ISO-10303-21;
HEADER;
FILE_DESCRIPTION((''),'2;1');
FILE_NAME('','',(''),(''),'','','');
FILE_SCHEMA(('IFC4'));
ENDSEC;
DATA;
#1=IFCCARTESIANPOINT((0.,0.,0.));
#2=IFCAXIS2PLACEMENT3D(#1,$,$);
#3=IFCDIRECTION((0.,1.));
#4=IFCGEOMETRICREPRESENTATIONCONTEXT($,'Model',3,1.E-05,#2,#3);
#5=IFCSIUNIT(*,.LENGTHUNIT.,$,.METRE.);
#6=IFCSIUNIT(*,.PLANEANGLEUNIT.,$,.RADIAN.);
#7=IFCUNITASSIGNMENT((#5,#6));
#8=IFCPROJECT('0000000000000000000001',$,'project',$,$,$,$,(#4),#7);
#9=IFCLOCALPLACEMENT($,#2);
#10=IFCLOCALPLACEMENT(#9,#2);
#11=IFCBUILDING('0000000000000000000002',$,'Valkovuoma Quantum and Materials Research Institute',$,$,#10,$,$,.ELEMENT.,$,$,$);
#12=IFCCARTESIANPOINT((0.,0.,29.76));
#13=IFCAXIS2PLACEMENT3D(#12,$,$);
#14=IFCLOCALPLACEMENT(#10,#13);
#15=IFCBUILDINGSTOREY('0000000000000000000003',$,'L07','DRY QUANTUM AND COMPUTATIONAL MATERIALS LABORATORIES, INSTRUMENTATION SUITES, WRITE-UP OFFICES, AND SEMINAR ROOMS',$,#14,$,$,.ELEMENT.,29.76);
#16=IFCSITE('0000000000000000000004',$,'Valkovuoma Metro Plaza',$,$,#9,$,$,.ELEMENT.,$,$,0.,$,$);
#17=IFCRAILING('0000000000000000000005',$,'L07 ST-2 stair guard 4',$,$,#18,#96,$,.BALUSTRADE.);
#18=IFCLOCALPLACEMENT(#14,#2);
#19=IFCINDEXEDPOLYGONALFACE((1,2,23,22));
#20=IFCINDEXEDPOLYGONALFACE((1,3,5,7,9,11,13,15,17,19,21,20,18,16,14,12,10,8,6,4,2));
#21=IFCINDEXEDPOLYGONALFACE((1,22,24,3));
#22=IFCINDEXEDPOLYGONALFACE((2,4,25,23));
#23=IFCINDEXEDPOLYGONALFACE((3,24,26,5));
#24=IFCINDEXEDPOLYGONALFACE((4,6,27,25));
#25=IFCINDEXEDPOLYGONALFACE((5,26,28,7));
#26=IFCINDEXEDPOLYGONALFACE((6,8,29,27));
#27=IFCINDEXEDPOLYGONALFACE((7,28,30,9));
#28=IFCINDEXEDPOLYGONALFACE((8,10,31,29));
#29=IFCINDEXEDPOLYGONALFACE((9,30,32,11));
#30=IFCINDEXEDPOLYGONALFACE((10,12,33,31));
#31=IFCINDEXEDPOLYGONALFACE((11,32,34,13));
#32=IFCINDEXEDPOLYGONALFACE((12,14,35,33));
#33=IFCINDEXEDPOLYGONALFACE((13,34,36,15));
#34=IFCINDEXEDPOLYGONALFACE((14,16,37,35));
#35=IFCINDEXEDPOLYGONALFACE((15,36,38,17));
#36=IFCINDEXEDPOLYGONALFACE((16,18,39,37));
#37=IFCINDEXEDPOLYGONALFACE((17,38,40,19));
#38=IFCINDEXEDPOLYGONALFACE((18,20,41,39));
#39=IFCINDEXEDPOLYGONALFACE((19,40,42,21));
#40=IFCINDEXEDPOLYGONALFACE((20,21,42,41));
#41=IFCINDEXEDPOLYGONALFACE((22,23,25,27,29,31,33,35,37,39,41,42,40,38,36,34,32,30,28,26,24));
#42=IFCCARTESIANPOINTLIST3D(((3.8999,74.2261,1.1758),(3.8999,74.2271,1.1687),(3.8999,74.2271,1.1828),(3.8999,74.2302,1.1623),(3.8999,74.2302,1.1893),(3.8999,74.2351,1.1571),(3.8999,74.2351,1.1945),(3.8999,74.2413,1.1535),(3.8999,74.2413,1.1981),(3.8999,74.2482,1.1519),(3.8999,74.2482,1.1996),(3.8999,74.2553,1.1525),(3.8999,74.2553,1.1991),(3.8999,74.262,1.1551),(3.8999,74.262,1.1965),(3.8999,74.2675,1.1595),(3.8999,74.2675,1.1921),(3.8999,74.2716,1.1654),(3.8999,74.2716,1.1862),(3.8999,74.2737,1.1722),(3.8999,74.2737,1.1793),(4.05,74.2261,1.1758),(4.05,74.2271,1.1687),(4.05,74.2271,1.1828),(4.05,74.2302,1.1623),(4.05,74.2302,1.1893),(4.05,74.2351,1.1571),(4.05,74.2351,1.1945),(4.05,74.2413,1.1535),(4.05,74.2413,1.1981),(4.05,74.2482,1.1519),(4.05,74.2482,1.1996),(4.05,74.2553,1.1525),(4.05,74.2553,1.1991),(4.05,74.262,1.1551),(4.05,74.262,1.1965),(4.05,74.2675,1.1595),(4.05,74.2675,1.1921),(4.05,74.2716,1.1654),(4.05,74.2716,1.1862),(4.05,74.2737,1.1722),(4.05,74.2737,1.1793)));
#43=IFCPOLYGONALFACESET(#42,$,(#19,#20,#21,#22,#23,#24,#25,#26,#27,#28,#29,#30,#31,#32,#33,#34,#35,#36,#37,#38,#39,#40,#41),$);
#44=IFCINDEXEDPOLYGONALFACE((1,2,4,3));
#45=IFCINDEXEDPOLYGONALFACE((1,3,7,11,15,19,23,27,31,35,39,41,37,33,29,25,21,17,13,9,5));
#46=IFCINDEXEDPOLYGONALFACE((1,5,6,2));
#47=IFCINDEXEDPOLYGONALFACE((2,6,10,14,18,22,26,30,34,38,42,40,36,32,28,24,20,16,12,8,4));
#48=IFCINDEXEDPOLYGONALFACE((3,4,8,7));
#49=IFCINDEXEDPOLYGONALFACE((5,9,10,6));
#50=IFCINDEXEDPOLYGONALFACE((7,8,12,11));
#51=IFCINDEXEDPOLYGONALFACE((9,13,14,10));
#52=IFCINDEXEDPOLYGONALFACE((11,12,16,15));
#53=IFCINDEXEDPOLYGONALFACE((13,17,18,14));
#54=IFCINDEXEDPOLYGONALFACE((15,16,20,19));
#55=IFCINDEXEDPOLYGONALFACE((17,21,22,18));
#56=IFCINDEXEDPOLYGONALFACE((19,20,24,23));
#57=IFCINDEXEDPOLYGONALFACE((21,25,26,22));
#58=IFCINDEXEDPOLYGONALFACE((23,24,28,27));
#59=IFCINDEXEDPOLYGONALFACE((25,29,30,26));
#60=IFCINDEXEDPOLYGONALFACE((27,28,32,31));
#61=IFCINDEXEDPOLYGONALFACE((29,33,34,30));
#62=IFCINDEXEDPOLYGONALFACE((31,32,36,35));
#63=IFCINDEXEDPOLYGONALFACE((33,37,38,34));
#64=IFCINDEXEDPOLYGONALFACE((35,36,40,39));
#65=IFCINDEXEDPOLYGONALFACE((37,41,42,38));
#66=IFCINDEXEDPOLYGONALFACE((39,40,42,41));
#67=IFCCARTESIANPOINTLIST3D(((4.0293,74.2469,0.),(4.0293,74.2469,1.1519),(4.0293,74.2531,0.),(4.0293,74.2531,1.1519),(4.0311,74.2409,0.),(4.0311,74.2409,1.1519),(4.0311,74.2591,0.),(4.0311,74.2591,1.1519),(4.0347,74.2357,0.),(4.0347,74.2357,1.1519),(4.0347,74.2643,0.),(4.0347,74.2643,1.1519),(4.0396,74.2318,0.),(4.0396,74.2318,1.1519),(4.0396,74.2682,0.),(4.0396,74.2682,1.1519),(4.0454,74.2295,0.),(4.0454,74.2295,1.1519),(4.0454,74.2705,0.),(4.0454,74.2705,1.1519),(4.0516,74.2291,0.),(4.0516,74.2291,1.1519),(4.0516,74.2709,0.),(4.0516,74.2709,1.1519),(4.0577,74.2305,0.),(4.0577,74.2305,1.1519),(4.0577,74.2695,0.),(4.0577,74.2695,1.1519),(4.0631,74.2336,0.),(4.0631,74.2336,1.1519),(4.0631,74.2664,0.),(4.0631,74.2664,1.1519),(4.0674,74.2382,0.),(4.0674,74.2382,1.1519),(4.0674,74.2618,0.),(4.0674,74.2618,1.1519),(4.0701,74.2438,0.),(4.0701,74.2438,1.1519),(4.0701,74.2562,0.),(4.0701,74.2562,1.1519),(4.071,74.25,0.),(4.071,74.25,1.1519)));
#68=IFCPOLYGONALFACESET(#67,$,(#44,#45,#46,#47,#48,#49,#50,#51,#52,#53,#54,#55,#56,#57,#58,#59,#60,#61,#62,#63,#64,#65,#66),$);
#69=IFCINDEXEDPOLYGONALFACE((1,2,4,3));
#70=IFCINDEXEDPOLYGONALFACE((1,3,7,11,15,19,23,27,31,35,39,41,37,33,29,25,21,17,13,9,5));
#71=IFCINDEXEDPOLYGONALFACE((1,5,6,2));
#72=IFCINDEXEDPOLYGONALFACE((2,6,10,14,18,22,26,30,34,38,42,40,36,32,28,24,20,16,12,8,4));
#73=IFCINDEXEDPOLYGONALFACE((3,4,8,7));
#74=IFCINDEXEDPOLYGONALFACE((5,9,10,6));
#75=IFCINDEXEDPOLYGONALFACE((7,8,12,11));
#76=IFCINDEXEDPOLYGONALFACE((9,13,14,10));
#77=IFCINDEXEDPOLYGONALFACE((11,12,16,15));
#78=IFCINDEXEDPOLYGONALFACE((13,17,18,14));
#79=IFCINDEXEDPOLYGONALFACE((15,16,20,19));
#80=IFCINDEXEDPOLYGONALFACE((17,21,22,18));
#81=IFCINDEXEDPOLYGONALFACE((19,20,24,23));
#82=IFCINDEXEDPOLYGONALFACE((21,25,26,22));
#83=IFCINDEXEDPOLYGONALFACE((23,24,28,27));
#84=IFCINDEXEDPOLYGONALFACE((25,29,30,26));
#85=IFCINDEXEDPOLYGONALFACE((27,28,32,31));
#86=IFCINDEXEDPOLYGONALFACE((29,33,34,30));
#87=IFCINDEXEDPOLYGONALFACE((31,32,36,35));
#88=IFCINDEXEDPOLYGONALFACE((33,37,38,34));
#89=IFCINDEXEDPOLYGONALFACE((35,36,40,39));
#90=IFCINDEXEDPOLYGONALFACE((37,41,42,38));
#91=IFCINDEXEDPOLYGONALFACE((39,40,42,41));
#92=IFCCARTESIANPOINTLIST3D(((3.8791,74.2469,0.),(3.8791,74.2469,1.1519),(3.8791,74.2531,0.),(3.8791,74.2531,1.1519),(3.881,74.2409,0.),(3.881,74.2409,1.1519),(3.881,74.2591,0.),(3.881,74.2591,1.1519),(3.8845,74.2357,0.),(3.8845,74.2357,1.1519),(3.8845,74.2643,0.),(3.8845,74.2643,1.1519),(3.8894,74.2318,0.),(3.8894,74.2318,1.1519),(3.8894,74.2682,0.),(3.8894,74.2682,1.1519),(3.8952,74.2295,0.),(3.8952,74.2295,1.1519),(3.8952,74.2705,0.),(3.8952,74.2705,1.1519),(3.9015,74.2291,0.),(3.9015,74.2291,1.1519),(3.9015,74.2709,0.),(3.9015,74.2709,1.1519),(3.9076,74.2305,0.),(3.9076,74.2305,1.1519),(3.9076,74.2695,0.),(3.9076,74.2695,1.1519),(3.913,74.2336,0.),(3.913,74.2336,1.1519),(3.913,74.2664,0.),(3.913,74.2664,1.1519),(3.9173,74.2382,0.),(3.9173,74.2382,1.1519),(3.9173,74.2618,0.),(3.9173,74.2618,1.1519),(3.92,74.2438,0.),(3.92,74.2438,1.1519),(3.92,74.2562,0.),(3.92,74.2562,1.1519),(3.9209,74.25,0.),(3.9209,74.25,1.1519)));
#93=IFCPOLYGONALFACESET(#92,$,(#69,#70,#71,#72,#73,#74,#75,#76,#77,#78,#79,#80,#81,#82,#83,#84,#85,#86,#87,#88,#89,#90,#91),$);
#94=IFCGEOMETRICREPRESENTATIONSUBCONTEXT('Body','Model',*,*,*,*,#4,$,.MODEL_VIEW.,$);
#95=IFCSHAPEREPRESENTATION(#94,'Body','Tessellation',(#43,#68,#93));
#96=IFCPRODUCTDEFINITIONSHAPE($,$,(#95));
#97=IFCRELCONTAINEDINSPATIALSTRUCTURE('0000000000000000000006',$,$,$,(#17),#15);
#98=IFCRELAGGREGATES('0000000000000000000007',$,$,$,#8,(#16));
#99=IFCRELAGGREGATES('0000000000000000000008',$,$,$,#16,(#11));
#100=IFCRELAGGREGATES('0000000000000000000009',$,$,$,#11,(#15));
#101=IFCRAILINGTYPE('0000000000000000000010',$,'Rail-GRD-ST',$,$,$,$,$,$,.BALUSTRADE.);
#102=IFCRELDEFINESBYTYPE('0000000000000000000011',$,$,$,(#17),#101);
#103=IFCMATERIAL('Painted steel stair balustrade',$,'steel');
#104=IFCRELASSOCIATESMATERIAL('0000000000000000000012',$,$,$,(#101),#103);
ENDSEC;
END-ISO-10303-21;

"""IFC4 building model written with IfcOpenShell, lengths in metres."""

from ifc_helpers import new_model, si_unit, direction, frame, origin, origin_2d, place, context, subcontext, project, spatial, circle, extrude, material, type_object, element, save


model = new_model("IFC4")

# Units and contexts
model_context = context("Model", 3, precision=1e-05, world=origin(), true_north=direction((0.0, 1.0)))
body_context = subcontext(model_context, "Body", "Model", "MODEL_VIEW")
ifc_project = project(units=[si_unit("LENGTHUNIT", "METRE"), si_unit("PLANEANGLEUNIT", "RADIAN")], contexts=[model_context])

# Site, building, storey
site_placement = place(None, origin())
site = spatial("IfcSite", under=ifc_project, at=site_placement, Name="Valkovuoma Metro Plaza", CompositionType="ELEMENT", RefElevation=0.0)
building_placement = place(site_placement, origin())
building = spatial("IfcBuilding", under=site, at=building_placement, Name="Valkovuoma Quantum and Materials Research Institute", CompositionType="ELEMENT")
storey_placement = place(building_placement, frame((0.0, 0.0, 29.76)))
storey = spatial("IfcBuildingStorey", under=building, at=storey_placement, Name="L07", Description="DRY QUANTUM AND COMPUTATIONAL MATERIALS LABORATORIES, INSTRUMENTATION SUITES, WRITE-UP OFFICES, AND SEMINAR ROOMS", CompositionType="ELEMENT", Elevation=29.76)

# Railing
ifc_material_1 = material(Name="Painted steel stair balustrade", Category="steel")
railing_type_1 = type_object("IfcRailingType", Name="Rail-GRD-ST", PredefinedType="BALUSTRADE", material=ifc_material_1)
railing_1_placement = place(storey_placement, frame((4.05, 74.25, 0.0)))
element("IfcRailing", 1, at=railing_1_placement, inside=storey, type_object=railing_type_1, Name="L07 ST-2 stair guard 4", PredefinedType="BALUSTRADE", context=body_context, shape_type="SweptSolid", body=[
    extrude(circle(Radius=0.0239, at=origin_2d()), frame((0.0, 0.0, 1.1758), z_axis=(-1.0, 0.0, 0.0), x_axis=(0.0, -1.0, 0.0)), (0.0, 0.0, 1.0), 0.1501),
    extrude(circle(Radius=0.021, at=origin_2d()), origin(), (0.0, 0.0, 1.0), 1.1519),
    extrude(circle(Radius=0.021, at=origin_2d()), frame((-0.1501, 0.0, 0.0)), (0.0, 0.0, 1.0), 1.1519),
])

save(model, "model.ifc")
